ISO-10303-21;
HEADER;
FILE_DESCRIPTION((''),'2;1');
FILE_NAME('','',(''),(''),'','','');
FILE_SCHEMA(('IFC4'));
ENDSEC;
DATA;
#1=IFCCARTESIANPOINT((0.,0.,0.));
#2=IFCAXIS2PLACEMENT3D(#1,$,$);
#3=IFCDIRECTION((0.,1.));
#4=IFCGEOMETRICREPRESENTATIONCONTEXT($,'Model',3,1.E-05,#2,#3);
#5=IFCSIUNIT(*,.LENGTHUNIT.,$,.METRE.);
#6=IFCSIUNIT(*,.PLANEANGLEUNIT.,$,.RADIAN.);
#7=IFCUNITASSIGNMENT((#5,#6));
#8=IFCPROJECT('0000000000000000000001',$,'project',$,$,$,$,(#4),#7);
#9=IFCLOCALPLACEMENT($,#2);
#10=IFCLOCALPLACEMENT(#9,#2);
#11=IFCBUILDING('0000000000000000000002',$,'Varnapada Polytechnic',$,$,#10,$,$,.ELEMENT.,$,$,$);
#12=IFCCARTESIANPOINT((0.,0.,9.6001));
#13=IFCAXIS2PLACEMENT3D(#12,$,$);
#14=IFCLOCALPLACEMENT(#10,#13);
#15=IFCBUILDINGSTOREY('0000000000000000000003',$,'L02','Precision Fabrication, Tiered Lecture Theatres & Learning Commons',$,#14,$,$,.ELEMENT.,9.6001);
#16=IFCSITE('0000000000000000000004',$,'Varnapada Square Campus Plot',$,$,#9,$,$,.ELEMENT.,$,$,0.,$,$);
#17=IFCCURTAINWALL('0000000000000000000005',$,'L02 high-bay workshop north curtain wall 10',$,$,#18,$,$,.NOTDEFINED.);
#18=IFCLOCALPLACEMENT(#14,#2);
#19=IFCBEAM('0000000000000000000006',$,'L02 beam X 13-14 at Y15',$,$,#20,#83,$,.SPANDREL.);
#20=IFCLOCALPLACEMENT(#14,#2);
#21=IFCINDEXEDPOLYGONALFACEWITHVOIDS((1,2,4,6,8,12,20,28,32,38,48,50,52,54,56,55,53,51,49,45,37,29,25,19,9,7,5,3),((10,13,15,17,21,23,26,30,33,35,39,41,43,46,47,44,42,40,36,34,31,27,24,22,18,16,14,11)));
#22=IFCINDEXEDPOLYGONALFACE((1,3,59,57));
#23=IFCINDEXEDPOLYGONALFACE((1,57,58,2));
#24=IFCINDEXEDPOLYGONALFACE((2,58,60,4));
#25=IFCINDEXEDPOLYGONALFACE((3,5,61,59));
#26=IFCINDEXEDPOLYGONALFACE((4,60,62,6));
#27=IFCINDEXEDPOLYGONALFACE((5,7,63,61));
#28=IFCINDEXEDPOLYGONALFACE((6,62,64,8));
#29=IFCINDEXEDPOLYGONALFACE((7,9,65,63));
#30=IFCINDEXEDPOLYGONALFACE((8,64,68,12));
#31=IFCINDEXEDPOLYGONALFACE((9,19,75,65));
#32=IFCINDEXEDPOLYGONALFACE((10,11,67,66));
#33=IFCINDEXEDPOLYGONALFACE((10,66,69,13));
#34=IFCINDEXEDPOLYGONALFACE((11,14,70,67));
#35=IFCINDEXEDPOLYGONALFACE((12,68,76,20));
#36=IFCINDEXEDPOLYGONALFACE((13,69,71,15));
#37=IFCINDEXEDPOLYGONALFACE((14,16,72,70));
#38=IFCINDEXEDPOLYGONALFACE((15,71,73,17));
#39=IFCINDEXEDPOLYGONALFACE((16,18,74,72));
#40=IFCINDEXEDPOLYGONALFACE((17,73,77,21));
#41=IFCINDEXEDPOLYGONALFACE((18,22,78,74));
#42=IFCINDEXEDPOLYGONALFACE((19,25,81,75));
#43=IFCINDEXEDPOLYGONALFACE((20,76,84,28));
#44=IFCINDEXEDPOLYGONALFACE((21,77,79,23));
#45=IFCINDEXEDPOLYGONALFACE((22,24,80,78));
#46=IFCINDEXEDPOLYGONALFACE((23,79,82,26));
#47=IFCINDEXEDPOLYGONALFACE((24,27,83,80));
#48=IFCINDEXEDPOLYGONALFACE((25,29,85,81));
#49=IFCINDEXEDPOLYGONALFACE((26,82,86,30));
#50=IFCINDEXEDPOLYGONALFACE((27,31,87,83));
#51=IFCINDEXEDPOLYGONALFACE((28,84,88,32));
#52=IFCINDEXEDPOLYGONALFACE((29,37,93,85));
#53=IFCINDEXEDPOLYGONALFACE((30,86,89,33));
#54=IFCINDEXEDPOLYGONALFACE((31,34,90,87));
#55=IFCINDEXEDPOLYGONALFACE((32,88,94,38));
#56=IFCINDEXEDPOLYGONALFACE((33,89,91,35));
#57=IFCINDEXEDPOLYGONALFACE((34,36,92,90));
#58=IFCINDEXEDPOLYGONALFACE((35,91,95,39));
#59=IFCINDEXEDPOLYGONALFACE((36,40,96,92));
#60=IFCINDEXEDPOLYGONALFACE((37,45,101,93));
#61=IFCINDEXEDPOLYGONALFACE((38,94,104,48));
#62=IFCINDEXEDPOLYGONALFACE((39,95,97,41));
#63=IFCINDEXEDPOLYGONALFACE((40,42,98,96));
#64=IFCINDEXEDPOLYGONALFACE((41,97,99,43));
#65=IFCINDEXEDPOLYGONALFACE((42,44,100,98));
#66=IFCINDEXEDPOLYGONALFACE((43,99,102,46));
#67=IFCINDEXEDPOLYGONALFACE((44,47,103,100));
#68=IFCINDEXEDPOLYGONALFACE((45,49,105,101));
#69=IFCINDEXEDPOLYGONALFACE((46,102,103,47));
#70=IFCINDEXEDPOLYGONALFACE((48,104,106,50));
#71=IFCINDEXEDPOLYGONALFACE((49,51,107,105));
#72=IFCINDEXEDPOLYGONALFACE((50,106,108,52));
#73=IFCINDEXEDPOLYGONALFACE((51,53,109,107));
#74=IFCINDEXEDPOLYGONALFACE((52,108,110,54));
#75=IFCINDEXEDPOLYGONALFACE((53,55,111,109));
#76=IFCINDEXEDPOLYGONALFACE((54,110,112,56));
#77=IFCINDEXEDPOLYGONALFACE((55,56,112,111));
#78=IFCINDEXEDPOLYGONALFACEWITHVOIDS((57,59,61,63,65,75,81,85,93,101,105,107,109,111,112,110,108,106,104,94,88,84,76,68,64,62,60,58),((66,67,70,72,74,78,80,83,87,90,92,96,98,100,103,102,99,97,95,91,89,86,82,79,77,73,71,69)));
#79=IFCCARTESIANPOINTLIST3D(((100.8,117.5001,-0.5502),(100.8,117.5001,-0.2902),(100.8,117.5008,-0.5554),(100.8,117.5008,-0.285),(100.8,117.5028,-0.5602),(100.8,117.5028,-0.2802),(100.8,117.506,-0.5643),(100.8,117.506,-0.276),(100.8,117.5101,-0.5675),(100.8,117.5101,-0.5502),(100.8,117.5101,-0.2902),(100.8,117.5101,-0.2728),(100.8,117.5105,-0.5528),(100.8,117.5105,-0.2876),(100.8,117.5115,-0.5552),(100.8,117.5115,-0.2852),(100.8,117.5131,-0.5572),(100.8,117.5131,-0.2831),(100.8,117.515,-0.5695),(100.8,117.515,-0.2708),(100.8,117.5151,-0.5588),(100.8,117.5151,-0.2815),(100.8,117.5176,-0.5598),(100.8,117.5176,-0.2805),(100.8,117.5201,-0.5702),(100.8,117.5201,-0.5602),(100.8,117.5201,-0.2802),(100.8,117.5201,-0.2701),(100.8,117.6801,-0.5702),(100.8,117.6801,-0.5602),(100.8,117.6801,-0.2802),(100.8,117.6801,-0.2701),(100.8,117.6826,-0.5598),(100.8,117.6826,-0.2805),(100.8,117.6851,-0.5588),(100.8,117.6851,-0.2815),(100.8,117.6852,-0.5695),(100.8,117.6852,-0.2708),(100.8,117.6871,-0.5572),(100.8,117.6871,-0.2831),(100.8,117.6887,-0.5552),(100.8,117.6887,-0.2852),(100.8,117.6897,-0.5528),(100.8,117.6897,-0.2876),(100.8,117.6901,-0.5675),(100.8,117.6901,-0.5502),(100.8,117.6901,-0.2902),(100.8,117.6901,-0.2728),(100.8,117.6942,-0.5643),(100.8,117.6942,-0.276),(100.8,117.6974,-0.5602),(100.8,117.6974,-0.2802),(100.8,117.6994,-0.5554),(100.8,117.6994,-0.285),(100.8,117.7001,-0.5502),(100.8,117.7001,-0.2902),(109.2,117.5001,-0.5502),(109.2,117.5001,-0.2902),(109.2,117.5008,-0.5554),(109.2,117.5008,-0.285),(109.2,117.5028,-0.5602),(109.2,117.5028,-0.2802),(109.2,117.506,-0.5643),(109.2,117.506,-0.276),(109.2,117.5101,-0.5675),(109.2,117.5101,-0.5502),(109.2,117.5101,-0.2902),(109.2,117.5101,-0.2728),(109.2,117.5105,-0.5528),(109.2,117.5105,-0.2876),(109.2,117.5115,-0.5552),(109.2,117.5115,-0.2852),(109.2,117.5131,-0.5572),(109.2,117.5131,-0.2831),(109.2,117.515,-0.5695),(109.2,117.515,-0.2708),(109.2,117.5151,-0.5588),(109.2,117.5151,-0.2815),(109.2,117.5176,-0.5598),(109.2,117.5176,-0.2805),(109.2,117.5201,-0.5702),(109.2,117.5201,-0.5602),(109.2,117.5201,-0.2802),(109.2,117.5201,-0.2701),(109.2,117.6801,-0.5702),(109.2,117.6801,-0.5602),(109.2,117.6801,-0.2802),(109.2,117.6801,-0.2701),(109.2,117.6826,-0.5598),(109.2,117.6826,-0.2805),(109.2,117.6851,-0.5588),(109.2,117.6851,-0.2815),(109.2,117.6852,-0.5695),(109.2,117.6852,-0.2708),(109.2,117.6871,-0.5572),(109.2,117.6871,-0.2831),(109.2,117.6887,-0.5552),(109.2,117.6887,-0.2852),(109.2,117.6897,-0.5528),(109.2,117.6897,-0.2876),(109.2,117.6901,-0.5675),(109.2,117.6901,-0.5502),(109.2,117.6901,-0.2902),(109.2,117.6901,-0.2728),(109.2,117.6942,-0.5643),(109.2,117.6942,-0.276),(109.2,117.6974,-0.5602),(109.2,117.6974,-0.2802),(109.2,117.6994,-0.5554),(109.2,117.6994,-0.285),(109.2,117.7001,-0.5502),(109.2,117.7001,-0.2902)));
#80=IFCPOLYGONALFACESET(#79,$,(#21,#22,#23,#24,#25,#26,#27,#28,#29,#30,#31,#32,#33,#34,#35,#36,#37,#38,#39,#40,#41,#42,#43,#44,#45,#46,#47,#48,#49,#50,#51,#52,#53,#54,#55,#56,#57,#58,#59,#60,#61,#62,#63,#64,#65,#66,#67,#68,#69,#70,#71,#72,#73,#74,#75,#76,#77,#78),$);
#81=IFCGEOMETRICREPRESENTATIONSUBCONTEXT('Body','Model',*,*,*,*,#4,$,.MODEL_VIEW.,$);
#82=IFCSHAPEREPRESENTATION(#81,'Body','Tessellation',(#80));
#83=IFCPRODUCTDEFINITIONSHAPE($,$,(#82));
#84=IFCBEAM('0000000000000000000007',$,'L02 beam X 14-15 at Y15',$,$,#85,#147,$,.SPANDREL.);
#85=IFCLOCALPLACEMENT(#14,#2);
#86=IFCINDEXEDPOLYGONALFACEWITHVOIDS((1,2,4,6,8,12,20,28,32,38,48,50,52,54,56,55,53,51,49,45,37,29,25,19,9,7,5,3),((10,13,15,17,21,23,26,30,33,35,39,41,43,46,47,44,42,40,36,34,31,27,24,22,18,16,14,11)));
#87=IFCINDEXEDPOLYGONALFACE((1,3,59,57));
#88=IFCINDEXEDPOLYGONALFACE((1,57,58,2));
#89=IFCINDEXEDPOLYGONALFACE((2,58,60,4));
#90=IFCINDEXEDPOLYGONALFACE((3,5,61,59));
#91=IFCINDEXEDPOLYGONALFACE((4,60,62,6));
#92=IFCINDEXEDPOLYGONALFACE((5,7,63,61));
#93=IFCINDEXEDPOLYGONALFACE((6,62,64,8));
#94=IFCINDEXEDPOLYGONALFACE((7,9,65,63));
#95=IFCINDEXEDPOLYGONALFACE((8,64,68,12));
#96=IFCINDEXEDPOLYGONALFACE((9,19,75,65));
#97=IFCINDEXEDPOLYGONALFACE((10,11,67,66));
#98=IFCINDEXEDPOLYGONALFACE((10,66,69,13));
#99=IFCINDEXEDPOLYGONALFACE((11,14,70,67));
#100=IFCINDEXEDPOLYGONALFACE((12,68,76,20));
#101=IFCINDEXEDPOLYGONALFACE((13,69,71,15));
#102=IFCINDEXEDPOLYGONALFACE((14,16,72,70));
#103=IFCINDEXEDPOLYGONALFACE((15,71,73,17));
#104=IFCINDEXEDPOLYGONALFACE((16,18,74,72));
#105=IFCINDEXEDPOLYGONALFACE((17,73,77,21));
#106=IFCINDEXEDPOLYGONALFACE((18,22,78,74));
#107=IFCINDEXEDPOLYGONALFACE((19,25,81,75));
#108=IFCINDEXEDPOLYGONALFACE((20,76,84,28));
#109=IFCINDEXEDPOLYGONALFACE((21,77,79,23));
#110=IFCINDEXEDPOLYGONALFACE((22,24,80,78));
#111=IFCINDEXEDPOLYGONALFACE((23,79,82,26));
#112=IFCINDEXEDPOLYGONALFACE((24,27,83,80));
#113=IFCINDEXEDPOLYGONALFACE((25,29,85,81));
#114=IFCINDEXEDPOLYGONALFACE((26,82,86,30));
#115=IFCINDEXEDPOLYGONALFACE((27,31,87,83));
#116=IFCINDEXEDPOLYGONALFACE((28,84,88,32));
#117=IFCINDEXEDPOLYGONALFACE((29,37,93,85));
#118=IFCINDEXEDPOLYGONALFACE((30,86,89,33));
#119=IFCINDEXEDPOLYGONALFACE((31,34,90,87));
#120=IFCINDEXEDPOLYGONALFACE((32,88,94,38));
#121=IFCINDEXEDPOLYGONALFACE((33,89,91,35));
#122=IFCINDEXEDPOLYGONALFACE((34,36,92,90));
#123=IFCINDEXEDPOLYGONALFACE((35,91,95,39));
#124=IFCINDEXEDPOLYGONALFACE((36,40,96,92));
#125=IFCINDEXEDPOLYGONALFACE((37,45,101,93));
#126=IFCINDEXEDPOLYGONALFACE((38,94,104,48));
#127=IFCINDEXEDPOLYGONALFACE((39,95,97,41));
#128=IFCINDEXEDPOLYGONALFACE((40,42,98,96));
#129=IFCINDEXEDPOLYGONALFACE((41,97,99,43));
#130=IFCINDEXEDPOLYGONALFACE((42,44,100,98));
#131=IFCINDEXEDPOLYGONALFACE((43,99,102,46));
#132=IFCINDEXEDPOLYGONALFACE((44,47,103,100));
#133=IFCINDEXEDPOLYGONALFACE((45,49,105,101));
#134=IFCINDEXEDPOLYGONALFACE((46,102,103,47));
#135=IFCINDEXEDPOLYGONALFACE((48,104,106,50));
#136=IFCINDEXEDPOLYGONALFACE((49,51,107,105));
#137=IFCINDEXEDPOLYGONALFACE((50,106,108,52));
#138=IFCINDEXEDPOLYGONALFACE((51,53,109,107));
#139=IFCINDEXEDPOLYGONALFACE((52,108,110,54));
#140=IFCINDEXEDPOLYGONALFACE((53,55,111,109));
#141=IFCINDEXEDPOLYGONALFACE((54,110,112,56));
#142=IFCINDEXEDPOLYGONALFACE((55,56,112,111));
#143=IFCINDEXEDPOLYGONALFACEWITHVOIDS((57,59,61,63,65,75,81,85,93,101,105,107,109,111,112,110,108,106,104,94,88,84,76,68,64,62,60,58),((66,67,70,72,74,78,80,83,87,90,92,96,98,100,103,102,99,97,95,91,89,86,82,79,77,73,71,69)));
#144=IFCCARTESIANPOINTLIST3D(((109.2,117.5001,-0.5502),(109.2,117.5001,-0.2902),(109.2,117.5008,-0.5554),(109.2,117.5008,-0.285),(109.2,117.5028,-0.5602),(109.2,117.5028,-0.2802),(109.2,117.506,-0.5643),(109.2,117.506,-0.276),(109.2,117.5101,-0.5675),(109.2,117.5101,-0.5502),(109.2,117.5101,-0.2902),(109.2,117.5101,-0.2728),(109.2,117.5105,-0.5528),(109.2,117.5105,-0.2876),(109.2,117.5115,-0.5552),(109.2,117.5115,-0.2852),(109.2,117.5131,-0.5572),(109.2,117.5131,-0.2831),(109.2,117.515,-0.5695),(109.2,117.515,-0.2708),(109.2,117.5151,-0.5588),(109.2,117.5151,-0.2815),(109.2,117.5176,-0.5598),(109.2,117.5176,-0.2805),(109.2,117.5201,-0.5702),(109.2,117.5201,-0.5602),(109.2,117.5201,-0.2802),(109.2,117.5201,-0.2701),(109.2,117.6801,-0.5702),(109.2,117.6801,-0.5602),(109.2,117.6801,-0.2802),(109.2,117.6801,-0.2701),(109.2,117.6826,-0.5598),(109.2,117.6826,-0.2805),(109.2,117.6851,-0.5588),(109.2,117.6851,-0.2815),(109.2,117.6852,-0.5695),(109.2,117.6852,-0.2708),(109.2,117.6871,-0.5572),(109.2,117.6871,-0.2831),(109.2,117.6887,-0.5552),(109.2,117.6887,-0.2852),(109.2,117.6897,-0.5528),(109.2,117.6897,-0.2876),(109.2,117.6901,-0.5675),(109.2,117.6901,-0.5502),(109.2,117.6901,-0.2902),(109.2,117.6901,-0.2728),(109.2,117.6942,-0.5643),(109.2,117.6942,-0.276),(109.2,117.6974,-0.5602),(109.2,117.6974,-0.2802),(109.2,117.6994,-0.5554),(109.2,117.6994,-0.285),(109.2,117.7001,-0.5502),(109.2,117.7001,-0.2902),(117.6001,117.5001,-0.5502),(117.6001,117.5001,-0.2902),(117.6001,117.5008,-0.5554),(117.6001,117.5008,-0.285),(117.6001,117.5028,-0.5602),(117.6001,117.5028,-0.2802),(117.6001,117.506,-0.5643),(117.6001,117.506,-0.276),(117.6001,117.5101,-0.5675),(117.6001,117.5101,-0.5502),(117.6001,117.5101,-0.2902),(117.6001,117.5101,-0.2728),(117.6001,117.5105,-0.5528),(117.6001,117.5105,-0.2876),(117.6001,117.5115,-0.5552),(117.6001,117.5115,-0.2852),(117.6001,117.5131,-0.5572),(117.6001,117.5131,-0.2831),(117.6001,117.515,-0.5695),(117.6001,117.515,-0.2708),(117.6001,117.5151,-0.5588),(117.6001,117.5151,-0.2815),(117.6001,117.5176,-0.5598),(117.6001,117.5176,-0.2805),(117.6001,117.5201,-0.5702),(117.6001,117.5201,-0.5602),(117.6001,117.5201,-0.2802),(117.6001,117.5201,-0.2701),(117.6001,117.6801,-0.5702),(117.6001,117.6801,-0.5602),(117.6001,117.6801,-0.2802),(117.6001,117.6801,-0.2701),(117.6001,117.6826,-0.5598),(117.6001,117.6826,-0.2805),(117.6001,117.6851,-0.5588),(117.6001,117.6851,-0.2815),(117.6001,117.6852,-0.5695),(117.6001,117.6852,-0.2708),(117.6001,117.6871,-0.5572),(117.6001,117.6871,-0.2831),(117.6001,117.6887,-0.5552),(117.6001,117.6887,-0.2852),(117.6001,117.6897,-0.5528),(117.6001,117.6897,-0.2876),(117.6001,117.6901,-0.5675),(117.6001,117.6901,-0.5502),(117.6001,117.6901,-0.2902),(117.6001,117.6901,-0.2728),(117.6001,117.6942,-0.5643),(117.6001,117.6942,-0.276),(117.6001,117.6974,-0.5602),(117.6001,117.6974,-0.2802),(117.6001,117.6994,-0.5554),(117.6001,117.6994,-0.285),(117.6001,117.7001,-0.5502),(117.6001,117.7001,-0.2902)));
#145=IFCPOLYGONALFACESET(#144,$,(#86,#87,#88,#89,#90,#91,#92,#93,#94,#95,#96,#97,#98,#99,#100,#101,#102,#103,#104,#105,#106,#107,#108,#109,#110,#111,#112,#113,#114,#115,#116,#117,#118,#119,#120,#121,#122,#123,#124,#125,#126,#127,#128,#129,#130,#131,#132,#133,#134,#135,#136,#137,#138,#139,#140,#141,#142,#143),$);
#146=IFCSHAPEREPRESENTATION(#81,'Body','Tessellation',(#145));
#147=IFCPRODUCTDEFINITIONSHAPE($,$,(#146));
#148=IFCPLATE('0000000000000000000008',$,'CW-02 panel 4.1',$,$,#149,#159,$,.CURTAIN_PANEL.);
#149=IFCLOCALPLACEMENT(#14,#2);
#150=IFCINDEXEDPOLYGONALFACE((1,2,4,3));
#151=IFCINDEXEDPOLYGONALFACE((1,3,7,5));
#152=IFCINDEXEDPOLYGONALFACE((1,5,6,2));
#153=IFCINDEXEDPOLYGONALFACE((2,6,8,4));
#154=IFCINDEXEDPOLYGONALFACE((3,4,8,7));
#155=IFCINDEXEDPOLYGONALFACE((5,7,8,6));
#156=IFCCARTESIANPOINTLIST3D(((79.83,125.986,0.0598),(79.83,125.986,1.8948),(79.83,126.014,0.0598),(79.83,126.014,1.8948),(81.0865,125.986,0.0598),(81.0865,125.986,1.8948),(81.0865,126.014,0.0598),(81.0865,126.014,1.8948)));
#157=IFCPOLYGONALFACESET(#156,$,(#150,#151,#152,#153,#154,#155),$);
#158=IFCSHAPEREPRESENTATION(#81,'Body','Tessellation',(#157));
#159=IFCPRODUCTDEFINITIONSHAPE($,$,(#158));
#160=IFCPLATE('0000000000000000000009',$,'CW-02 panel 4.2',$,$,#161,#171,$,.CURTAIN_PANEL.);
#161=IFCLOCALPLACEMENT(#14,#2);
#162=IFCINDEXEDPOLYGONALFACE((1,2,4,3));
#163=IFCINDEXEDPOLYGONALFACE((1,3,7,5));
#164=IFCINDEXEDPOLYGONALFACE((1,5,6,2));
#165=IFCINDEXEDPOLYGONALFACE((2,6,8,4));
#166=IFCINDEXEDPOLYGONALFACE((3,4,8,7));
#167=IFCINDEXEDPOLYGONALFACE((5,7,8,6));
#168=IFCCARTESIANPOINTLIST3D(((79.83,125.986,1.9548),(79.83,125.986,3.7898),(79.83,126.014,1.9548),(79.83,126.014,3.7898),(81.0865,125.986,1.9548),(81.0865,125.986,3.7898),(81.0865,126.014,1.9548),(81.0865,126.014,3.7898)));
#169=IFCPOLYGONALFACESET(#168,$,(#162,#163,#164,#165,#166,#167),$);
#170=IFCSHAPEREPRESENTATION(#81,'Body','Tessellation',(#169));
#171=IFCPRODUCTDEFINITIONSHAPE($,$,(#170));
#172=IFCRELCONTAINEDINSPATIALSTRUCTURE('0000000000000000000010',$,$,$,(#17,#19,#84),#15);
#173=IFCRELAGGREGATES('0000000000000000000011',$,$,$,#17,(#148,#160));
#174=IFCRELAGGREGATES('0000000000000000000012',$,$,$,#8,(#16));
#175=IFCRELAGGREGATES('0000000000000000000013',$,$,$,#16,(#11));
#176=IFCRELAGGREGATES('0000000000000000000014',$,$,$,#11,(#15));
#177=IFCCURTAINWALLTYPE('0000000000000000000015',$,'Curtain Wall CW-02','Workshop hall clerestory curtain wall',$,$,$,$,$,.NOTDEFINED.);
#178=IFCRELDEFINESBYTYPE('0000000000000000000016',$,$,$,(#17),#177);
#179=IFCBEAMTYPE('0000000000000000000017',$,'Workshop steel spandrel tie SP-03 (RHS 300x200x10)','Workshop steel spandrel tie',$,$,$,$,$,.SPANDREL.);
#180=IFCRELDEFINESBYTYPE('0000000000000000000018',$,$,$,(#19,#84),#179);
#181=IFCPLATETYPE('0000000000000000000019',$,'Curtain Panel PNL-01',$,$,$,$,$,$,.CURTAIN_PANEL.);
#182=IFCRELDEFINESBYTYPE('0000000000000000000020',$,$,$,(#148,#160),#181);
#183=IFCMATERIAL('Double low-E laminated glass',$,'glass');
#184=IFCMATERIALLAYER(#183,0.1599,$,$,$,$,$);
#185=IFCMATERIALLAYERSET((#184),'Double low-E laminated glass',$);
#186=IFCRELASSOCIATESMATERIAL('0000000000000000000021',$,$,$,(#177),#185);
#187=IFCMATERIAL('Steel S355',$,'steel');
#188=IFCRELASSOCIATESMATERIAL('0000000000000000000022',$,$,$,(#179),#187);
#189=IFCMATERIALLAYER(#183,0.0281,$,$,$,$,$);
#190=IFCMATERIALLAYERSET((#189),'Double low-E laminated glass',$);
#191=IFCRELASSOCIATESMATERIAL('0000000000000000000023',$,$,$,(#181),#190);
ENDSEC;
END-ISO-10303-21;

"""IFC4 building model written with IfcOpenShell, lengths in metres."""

from ifc_helpers import new_model, si_unit, direction, frame, origin, origin_2d, place, context, subcontext, project, spatial, rectangle, hollow_rectangle, extrude, material, layer, layer_set, material_profile, profile_set, type_object, element, aggregate, save


model = new_model("IFC4")

# Units and contexts
model_context = context("Model", 3, precision=1e-05, world=origin(), true_north=direction((0.0, 1.0)))
body_context = subcontext(model_context, "Body", "Model", "MODEL_VIEW")
ifc_project = project(units=[si_unit("LENGTHUNIT", "METRE"), si_unit("PLANEANGLEUNIT", "RADIAN")], contexts=[model_context])

# Site, building, storey
site_placement = place(None, origin())
site = spatial("IfcSite", under=ifc_project, at=site_placement, Name="Varnapada Square Campus Plot", CompositionType="ELEMENT", RefElevation=0.0)
building_placement = place(site_placement, origin())
building = spatial("IfcBuilding", under=site, at=building_placement, Name="Varnapada Polytechnic", CompositionType="ELEMENT")
storey_placement = place(building_placement, frame((0.0, 0.0, 9.6001)))
storey = spatial("IfcBuildingStorey", under=building, at=storey_placement, Name="L02", Description="Precision Fabrication, Tiered Lecture Theatres & Learning Commons", CompositionType="ELEMENT", Elevation=9.6001)

# Curtain wall
ifc_material_1 = material(Name="Double low-E laminated glass", Category="glass")
ifc_layer_1 = layer(ifc_material_1, 0.1599)
ifc_layer_set_1 = layer_set([ifc_layer_1], Name="Double low-E laminated glass")
curtain_wall_type = type_object("IfcCurtainWallType", Name="Curtain Wall CW-02", Description="Workshop hall clerestory curtain wall", PredefinedType="NOTDEFINED", material=ifc_layer_set_1)
curtain_wall_placement = place(storey_placement, origin())
curtain_wall = element("IfcCurtainWall", 1, at=curtain_wall_placement, inside=storey, type_object=curtain_wall_type, Name="L02 high-bay workshop north curtain wall 10", PredefinedType="NOTDEFINED")

# Beams
ifc_material_2 = material(Name="Steel S355", Category="steel")
ifc_material_profile_1 = material_profile(ifc_material_2, hollow_rectangle(XDim=0.2, YDim=0.3, WallThickness=0.01, InnerFilletRadius=0.01, OuterFilletRadius=0.02, at=origin_2d()), Name="RHS 300x200x10")
ifc_profile_set_1 = profile_set([ifc_material_profile_1], Name="Steel S355")
beam_type_1 = type_object("IfcBeamType", Name="Workshop steel spandrel tie SP-03 (RHS 300x200x10)", Description="Workshop steel spandrel tie", PredefinedType="SPANDREL", material=ifc_profile_set_1)
beam_1_placement = place(storey_placement, frame((100.8, 117.6001, -0.4202), z_axis=(1.0, 0.0, 0.0), x_axis=(0.0, 1.0, 0.0)))
element("IfcBeam", 2, at=beam_1_placement, inside=storey, type_object=beam_type_1, Name="L02 beam X 13-14 at Y15", PredefinedType="SPANDREL", context=body_context, shape_type="SweptSolid", body=[
    extrude(hollow_rectangle(XDim=0.2, YDim=0.3, WallThickness=0.01, InnerFilletRadius=0.01, OuterFilletRadius=0.02, at=origin_2d()), origin(), (0.0, 0.0, 1.0), 8.3999),
])
beam_2_placement = place(storey_placement, frame((109.2, 117.6001, -0.4202), z_axis=(1.0, 0.0, 0.0), x_axis=(0.0, 1.0, 0.0)))
element("IfcBeam", 3, at=beam_2_placement, inside=storey, type_object=beam_type_1, Name="L02 beam X 14-15 at Y15", PredefinedType="SPANDREL", context=body_context, shape_type="SweptSolid", body=[
    extrude(hollow_rectangle(XDim=0.2, YDim=0.3, WallThickness=0.01, InnerFilletRadius=0.01, OuterFilletRadius=0.02, at=origin_2d()), origin(), (0.0, 0.0, 1.0), 8.4001),
])

# Plates
ifc_layer_2 = layer(ifc_material_1, 0.0281)
ifc_layer_set_2 = layer_set([ifc_layer_2], Name="Double low-E laminated glass")
plate_type = type_object("IfcPlateType", Name="Curtain Panel PNL-01", PredefinedType="CURTAIN_PANEL", material=ifc_layer_set_2)
plate_1_placement = place(storey_placement, frame((80.4583, 126.0, 0.0598), z_axis=(0.0, 0.0, 1.0), x_axis=(1.0, 0.0, 0.0)))
plate_1 = element("IfcPlate", 4, at=plate_1_placement, type_object=plate_type, Name="CW-02 panel 4.1", PredefinedType="CURTAIN_PANEL", context=body_context, shape_type="SweptSolid", body=[
    extrude(rectangle(XDim=1.2566, YDim=0.0281, at=origin_2d()), origin(), (0.0, 0.0, 1.0), 1.835),
])
plate_2_placement = place(storey_placement, frame((80.4583, 126.0, 1.9548), z_axis=(0.0, 0.0, 1.0), x_axis=(1.0, 0.0, 0.0)))
plate_2 = element("IfcPlate", 5, at=plate_2_placement, type_object=plate_type, Name="CW-02 panel 4.2", PredefinedType="CURTAIN_PANEL", context=body_context, shape_type="SweptSolid", body=[
    extrude(rectangle(XDim=1.2566, YDim=0.0281, at=origin_2d()), origin(), (0.0, 0.0, 1.0), 1.835),
])
aggregate(curtain_wall, [plate_1, plate_2])

save(model, "model.ifc")
